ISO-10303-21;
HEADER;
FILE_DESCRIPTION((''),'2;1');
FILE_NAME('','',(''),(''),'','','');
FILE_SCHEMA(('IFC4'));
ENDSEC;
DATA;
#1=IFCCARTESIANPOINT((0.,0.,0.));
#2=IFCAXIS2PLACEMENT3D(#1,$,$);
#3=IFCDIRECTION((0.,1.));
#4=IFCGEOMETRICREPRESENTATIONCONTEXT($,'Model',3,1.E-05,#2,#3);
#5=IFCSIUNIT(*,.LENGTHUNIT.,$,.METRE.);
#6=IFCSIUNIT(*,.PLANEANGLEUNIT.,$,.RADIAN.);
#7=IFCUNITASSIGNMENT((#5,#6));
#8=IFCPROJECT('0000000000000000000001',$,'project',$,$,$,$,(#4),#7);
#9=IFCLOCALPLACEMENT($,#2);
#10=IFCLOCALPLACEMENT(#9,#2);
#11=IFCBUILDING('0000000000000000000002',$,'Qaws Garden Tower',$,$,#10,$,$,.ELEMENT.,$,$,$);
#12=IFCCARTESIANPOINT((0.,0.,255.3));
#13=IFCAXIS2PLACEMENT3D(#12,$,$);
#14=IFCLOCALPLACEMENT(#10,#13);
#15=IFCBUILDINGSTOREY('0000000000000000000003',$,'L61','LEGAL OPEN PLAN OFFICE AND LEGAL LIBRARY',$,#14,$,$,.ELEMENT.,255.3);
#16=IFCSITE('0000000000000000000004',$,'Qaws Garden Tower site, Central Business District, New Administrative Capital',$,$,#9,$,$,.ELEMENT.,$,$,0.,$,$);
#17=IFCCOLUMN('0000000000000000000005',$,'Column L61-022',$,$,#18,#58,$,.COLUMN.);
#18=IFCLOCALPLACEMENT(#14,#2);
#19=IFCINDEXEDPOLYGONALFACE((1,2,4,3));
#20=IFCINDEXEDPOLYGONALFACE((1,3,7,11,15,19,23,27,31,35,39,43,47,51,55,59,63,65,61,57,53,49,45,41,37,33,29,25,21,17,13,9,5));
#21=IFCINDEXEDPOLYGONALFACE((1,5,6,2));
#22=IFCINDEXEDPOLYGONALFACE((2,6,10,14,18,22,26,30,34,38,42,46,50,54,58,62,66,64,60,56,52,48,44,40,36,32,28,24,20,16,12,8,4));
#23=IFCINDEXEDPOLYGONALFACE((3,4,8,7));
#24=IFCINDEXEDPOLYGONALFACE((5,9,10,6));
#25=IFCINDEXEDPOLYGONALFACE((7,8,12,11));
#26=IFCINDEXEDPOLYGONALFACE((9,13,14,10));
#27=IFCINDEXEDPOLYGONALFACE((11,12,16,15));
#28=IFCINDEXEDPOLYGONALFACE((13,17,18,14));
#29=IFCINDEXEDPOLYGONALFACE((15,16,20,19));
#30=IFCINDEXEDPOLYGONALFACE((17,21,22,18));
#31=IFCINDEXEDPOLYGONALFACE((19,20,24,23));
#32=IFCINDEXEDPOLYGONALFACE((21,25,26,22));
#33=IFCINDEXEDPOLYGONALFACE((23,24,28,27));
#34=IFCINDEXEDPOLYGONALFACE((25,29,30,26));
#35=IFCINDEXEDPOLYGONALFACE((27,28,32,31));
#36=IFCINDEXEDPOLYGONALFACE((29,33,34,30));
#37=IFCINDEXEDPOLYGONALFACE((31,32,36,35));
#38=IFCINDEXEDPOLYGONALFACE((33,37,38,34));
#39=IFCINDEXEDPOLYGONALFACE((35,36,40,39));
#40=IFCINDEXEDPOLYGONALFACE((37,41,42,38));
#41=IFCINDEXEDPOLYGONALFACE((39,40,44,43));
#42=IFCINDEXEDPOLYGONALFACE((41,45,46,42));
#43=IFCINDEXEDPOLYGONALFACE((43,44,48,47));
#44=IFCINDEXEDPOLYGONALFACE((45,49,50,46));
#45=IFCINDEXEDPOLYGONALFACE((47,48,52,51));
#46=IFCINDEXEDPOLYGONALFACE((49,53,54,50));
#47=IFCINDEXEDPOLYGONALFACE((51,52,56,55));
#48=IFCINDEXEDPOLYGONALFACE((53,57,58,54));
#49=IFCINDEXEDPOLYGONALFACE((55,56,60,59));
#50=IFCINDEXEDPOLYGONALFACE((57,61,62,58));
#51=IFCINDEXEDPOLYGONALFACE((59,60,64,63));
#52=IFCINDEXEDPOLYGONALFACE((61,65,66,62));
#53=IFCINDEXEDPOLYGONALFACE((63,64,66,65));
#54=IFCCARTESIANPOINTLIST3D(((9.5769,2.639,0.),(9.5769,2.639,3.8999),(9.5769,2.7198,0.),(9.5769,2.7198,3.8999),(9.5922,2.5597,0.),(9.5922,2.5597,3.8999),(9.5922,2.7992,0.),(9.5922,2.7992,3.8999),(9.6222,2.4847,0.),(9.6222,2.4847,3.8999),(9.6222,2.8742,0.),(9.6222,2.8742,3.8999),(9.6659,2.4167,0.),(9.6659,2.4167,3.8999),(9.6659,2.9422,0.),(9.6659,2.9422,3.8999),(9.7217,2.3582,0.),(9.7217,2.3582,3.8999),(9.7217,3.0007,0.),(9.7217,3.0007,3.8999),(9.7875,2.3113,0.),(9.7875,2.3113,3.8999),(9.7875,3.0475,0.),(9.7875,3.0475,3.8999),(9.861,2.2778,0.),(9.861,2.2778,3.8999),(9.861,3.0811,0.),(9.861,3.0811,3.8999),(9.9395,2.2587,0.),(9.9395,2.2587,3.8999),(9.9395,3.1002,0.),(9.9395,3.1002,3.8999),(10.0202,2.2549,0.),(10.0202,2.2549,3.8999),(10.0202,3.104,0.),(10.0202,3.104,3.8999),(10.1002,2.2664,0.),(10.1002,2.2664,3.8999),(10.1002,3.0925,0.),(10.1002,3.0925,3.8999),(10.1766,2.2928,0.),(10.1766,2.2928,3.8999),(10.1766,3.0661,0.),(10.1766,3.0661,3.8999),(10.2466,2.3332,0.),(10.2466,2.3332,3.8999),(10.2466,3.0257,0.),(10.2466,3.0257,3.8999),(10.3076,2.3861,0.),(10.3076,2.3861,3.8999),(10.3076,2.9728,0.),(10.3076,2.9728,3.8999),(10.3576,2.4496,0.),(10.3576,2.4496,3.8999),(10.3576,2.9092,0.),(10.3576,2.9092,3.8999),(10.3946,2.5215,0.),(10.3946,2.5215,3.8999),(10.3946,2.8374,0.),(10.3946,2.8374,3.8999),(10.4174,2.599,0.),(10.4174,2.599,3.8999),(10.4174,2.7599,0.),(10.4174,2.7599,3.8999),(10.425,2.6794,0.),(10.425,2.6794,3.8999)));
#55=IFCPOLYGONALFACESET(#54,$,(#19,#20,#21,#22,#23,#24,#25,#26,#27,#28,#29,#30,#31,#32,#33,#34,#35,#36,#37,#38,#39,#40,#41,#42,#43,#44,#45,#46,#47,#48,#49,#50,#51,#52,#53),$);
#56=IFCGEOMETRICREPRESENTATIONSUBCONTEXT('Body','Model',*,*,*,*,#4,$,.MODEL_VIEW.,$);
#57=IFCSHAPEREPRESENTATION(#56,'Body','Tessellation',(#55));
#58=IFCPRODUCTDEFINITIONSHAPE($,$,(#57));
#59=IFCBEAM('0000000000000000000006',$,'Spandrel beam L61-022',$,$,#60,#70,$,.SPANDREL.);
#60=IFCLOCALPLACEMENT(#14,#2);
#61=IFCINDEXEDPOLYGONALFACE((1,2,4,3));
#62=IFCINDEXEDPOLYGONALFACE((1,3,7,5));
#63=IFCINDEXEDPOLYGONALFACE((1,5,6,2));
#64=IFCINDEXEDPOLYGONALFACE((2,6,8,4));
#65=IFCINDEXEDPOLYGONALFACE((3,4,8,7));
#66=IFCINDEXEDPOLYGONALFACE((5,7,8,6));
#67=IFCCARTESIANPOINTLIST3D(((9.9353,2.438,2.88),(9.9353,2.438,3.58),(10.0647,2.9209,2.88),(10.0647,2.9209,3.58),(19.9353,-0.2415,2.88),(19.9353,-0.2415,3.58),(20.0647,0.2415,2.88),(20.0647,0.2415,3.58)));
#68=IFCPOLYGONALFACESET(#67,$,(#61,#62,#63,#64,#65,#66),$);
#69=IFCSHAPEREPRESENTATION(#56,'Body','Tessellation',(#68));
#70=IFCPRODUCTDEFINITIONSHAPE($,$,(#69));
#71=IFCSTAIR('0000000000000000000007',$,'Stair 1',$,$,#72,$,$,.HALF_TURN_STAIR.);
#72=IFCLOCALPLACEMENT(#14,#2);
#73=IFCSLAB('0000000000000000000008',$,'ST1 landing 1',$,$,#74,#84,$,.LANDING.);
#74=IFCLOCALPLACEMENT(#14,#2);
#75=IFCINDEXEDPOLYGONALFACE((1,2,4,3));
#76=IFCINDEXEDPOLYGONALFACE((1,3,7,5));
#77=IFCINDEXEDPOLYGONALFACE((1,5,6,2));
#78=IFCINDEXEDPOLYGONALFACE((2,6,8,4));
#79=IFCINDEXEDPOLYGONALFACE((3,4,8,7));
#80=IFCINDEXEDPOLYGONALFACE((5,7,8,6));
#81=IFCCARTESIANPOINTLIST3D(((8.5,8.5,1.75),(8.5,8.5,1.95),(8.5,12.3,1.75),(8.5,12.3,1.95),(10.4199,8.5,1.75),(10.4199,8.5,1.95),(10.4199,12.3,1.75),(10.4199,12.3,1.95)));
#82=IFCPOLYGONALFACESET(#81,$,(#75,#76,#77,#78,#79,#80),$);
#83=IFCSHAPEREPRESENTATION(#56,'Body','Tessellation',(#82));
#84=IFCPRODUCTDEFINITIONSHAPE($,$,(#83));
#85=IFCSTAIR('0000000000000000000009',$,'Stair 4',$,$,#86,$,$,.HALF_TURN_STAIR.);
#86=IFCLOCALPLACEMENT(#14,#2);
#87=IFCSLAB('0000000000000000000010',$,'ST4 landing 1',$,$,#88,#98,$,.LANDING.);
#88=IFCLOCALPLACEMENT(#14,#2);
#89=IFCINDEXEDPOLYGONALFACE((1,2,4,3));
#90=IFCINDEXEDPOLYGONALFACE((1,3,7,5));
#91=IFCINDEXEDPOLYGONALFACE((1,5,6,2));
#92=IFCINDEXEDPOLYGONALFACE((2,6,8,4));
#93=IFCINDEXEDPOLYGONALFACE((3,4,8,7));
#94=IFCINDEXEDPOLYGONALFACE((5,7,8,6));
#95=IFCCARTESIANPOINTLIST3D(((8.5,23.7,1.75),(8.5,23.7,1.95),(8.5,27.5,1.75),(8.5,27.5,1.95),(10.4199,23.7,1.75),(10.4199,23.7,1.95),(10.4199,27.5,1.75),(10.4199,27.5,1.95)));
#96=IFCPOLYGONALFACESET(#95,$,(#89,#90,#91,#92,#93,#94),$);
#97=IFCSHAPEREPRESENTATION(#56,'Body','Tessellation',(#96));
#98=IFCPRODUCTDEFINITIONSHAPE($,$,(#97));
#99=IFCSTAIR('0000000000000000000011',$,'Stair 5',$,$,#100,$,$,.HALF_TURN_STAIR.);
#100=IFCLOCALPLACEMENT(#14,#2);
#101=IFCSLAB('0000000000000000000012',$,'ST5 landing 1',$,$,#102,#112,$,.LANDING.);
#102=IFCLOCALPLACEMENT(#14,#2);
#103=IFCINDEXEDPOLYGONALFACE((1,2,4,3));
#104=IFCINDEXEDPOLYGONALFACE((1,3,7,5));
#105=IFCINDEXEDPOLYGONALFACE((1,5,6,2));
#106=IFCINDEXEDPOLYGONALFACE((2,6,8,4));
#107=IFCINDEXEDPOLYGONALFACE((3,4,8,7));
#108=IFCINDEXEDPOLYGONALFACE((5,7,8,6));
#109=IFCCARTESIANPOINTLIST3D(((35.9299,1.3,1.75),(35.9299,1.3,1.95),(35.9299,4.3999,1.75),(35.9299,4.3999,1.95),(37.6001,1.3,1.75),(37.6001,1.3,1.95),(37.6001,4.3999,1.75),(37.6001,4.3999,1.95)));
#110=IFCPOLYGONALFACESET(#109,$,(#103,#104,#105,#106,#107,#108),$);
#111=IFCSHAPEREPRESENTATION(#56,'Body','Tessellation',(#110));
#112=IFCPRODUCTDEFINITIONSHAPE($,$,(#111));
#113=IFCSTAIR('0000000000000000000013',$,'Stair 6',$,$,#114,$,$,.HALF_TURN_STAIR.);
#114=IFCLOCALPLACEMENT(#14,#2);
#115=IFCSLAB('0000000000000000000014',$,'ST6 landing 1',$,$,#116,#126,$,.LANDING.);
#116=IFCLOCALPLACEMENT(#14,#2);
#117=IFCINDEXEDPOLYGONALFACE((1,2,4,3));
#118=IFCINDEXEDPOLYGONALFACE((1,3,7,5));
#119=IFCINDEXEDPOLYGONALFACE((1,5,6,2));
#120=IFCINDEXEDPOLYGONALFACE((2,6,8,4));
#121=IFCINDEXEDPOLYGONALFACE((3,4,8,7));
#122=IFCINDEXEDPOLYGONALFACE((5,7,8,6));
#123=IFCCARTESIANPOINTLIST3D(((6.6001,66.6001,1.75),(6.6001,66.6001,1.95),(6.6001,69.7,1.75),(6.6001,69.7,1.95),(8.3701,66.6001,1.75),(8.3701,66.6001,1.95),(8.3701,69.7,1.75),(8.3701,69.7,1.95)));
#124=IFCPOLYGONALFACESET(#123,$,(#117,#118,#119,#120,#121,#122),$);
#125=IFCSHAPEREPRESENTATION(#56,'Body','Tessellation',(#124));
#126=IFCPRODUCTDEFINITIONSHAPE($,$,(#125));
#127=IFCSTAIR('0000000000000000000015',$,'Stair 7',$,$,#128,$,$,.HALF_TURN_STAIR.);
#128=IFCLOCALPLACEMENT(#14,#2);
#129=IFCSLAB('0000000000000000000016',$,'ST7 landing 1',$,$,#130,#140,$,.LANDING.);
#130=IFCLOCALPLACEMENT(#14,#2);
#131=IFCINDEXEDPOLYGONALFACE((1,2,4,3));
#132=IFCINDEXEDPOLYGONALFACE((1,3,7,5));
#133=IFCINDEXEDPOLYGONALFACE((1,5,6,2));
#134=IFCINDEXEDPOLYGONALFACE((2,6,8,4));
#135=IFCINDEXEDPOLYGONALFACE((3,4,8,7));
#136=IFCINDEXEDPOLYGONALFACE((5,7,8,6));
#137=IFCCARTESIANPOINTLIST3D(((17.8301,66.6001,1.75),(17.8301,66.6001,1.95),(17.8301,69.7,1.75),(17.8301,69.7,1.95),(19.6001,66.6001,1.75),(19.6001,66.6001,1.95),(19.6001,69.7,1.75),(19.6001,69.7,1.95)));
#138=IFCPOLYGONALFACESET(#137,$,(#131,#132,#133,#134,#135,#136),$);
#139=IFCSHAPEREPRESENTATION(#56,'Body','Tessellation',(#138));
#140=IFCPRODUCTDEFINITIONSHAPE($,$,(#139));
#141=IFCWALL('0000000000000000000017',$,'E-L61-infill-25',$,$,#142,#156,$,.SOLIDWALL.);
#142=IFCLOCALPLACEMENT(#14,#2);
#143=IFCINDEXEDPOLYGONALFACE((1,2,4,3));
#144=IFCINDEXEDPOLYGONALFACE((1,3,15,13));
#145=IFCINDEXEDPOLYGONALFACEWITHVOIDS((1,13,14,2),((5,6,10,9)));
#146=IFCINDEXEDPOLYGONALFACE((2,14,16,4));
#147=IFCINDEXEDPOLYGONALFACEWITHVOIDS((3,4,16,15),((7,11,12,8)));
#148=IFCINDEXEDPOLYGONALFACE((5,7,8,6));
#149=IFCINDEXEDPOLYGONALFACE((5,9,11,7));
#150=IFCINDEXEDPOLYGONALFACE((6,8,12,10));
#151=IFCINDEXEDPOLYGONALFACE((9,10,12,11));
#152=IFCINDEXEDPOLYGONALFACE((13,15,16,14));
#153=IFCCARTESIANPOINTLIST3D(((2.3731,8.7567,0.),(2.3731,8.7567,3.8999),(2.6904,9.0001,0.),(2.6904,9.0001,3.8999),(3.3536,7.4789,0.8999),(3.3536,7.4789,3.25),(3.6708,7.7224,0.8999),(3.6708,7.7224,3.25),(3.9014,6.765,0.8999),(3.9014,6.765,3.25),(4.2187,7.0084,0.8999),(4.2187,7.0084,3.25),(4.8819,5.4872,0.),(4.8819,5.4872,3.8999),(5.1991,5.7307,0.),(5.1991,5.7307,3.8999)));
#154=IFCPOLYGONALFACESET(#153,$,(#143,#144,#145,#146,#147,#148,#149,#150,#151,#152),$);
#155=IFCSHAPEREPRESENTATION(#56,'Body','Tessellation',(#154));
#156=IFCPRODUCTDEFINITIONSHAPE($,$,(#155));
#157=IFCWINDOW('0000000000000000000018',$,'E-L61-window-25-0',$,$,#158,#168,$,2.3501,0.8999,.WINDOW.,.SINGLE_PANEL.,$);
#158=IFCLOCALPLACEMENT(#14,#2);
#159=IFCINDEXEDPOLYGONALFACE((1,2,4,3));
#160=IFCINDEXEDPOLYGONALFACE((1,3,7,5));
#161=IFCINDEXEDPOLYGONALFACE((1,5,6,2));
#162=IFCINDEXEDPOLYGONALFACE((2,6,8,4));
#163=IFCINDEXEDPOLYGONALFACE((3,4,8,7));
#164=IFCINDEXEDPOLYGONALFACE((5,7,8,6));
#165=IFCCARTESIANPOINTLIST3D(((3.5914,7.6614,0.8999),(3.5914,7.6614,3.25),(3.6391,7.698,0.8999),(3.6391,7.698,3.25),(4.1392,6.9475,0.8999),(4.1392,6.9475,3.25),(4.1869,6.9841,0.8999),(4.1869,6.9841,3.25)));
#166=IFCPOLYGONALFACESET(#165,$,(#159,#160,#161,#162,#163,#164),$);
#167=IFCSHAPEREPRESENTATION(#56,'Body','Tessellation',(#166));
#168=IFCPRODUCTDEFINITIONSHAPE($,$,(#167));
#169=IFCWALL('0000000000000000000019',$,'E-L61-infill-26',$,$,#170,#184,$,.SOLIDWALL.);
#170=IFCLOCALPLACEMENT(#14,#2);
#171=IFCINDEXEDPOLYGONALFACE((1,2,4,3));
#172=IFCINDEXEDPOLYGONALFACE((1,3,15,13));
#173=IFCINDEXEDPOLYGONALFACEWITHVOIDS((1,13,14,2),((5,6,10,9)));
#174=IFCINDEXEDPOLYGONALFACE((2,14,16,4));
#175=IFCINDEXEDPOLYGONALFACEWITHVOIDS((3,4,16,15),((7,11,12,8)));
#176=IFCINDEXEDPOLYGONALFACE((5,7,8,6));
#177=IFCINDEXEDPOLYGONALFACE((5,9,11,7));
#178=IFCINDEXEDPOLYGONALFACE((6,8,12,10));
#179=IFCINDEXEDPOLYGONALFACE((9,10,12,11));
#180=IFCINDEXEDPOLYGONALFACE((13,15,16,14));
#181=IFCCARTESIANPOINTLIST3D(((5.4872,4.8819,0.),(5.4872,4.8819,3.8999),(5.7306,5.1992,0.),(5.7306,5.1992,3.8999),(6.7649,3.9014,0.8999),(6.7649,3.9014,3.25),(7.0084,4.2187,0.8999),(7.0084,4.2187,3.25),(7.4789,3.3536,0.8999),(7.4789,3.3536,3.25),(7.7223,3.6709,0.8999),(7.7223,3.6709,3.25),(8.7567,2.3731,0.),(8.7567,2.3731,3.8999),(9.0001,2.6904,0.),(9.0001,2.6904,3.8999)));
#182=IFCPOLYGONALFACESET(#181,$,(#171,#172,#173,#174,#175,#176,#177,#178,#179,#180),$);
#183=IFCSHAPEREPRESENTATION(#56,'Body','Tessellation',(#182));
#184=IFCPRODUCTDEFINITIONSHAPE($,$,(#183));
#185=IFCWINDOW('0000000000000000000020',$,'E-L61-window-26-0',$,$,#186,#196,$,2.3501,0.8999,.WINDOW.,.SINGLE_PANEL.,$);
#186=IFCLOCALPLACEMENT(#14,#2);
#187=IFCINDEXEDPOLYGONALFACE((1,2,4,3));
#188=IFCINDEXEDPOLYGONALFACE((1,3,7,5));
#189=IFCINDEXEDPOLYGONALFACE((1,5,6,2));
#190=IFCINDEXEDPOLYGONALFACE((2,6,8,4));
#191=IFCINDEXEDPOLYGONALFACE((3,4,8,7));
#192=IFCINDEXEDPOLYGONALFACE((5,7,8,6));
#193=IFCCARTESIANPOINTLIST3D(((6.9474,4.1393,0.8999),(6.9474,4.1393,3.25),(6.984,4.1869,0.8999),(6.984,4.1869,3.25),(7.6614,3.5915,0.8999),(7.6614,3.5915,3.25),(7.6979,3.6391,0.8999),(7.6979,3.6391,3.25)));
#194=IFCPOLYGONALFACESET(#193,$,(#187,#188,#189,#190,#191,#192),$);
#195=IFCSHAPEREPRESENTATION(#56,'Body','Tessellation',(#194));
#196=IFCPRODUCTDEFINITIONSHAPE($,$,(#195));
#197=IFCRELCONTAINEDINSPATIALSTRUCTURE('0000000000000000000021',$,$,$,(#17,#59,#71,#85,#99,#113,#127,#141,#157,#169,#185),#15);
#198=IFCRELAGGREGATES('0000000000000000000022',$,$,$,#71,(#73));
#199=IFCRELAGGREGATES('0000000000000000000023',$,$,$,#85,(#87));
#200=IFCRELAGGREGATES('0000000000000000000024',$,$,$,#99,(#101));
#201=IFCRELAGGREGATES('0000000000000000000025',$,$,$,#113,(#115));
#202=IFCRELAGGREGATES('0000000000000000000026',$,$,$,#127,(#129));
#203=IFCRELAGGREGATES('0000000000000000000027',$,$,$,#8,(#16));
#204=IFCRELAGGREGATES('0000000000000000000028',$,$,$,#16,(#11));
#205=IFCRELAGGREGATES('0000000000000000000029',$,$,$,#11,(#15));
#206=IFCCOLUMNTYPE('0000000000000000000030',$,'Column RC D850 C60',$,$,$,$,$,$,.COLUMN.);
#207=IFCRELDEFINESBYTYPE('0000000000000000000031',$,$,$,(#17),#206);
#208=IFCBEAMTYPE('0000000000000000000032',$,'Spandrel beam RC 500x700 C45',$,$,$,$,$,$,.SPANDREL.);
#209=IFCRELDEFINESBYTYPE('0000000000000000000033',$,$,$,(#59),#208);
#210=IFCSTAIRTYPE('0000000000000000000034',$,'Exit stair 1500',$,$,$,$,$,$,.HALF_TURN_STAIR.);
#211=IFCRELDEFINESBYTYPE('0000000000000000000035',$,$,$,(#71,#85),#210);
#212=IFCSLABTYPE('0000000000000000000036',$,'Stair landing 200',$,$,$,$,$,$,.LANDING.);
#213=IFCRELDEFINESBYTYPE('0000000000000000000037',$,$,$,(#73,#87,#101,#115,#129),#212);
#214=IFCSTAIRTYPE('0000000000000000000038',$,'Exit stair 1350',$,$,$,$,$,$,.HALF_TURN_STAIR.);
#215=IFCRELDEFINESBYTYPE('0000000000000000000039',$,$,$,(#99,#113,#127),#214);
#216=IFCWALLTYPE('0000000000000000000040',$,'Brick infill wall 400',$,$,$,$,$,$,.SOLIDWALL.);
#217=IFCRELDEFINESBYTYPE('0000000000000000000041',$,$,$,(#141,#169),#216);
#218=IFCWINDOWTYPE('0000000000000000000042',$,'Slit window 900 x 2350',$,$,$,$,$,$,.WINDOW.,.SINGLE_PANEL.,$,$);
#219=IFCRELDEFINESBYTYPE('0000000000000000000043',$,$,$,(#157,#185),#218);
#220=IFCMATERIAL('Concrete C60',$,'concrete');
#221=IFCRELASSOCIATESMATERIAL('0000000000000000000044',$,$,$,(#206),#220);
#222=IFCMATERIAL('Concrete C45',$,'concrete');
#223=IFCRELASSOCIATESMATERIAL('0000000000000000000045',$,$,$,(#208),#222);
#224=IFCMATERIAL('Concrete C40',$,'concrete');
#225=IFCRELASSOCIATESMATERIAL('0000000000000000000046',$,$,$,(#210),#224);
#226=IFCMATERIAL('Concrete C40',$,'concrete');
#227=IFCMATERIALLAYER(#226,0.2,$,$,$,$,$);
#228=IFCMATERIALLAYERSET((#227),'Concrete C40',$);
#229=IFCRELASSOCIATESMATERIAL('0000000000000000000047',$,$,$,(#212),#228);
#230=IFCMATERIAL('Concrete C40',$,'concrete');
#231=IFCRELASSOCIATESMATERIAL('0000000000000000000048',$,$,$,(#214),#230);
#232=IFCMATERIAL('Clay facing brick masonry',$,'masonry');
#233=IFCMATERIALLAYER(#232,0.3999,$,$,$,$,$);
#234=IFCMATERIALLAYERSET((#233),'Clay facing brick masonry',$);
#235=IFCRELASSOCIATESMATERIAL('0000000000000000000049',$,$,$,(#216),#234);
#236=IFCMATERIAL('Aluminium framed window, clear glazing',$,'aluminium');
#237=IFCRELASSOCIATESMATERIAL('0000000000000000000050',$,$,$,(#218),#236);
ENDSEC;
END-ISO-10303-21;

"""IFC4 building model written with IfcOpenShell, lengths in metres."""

from ifc_helpers import new_model, si_unit, direction, frame, frame_2d, origin, origin_2d, place, context, subcontext, project, spatial, polyline, rectangle, circle, outline, extrude, material, layer, layer_set, material_profile, profile_set, type_object, element, fill, aggregate, save


model = new_model("IFC4")

# Units and contexts
model_context = context("Model", 3, precision=1e-05, world=origin(), true_north=direction((0.0, 1.0)))
body_context = subcontext(model_context, "Body", "Model", "MODEL_VIEW")
ifc_project = project(units=[si_unit("LENGTHUNIT", "METRE"), si_unit("PLANEANGLEUNIT", "RADIAN")], contexts=[model_context])

# Site, building, storey
site_placement = place(None, origin())
site = spatial("IfcSite", under=ifc_project, at=site_placement, Name="Qaws Garden Tower site, Central Business District, New Administrative Capital", CompositionType="ELEMENT", RefElevation=0.0)
building_placement = place(site_placement, origin())
building = spatial("IfcBuilding", under=site, at=building_placement, Name="Qaws Garden Tower", CompositionType="ELEMENT")
storey_placement = place(building_placement, frame((0.0, 0.0, 255.3)))
storey = spatial("IfcBuildingStorey", under=building, at=storey_placement, Name="L61", Description="LEGAL OPEN PLAN OFFICE AND LEGAL LIBRARY", CompositionType="ELEMENT", Elevation=255.3)

# Column
ifc_material_1 = material(Name="Concrete C60", Category="concrete")
ifc_material_profile_1 = material_profile(ifc_material_1, circle(Radius=0.425, at=origin_2d()), Name="RC D850")
ifc_profile_set_1 = profile_set([ifc_material_profile_1], Name="Concrete C60")
column_type = type_object("IfcColumnType", Name="Column RC D850 C60", PredefinedType="COLUMN", material=ifc_profile_set_1)
column_placement = place(storey_placement, frame((10.0, 2.6794, 0.0), z_axis=(0.0, 0.0, 1.0), x_axis=(1.0, 0.0, 0.0)))
element("IfcColumn", 1, at=column_placement, inside=storey, type_object=column_type, Name="Column L61-022", PredefinedType="COLUMN", context=body_context, shape_type="SweptSolid", body=[
    extrude(circle(Radius=0.425, at=origin_2d()), origin(), (0.0, 0.0, 1.0), 3.8999),
])

# Beam
ifc_material_2 = material(Name="Concrete C45", Category="concrete")
ifc_material_profile_2 = material_profile(ifc_material_2, rectangle(XDim=0.5, YDim=0.7, at=origin_2d()), Name="RC 500x700")
ifc_profile_set_2 = profile_set([ifc_material_profile_2], Name="Concrete C45")
beam_type = type_object("IfcBeamType", Name="Spandrel beam RC 500x700 C45", PredefinedType="SPANDREL", material=ifc_profile_set_2)
beam_placement = place(storey_placement, frame((10.0, 2.6794, 3.23), z_axis=(0.965927, -0.258815, 0.0), x_axis=(0.258815, 0.965927, 0.0)))
element("IfcBeam", 2, at=beam_placement, inside=storey, type_object=beam_type, Name="Spandrel beam L61-022", PredefinedType="SPANDREL", context=body_context, shape_type="SweptSolid", body=[
    extrude(rectangle(XDim=0.5, YDim=0.7, at=origin_2d()), origin(), (0.0, 0.0, 1.0), 10.3528),
])

# Stairs, slabs
ifc_material_3 = material(Name="Concrete C40", Category="concrete")
stair_type_1 = type_object("IfcStairType", Name="Exit stair 1500", PredefinedType="HALF_TURN_STAIR", material=ifc_material_3)
placement_1 = place(storey_placement, origin())
stair_1 = element("IfcStair", 3, at=placement_1, inside=storey, type_object=stair_type_1, Name="Stair 1", PredefinedType="HALF_TURN_STAIR")
ifc_material_4 = material(Name="Concrete C40", Category="concrete")
ifc_layer_1 = layer(ifc_material_4, 0.2)
ifc_layer_set_1 = layer_set([ifc_layer_1], Name="Concrete C40")
slab_type = type_object("IfcSlabType", Name="Stair landing 200", PredefinedType="LANDING", material=ifc_layer_set_1)
placement_2 = place(storey_placement, frame((0.0, 0.0, 1.75)))
slab_1 = element("IfcSlab", 4, at=placement_2, type_object=slab_type, Name="ST1 landing 1", PredefinedType="LANDING", context=body_context, shape_type="SweptSolid", body=[
    extrude(outline(polyline([(8.5, 8.5), (10.4199, 8.5), (10.4199, 12.3), (8.5, 12.3), (8.5, 8.5)])), origin(), (0.0, 0.0, 1.0), 0.2),
])
aggregate(stair_1, [slab_1])
stair_2 = element("IfcStair", 5, at=placement_1, inside=storey, type_object=stair_type_1, Name="Stair 4", PredefinedType="HALF_TURN_STAIR")
slab_2 = element("IfcSlab", 6, at=placement_2, type_object=slab_type, Name="ST4 landing 1", PredefinedType="LANDING", context=body_context, shape_type="SweptSolid", body=[
    extrude(outline(polyline([(8.5, 23.7), (10.4199, 23.7), (10.4199, 27.5), (8.5, 27.5), (8.5, 23.7)])), origin(), (0.0, 0.0, 1.0), 0.2),
])
aggregate(stair_2, [slab_2])
ifc_material_5 = material(Name="Concrete C40", Category="concrete")
stair_type_2 = type_object("IfcStairType", Name="Exit stair 1350", PredefinedType="HALF_TURN_STAIR", material=ifc_material_5)
stair_3 = element("IfcStair", 7, at=placement_1, inside=storey, type_object=stair_type_2, Name="Stair 5", PredefinedType="HALF_TURN_STAIR")
slab_3 = element("IfcSlab", 8, at=placement_2, type_object=slab_type, Name="ST5 landing 1", PredefinedType="LANDING", context=body_context, shape_type="SweptSolid", body=[
    extrude(outline(polyline([(35.9299, 1.3), (37.6001, 1.3), (37.6001, 4.3999), (35.9299, 4.3999), (35.9299, 1.3)])), origin(), (0.0, 0.0, 1.0), 0.2),
])
aggregate(stair_3, [slab_3])
stair_4 = element("IfcStair", 9, at=placement_1, inside=storey, type_object=stair_type_2, Name="Stair 6", PredefinedType="HALF_TURN_STAIR")
slab_4 = element("IfcSlab", 10, at=placement_2, type_object=slab_type, Name="ST6 landing 1", PredefinedType="LANDING", context=body_context, shape_type="SweptSolid", body=[
    extrude(outline(polyline([(6.6001, 66.6001), (8.3701, 66.6001), (8.3701, 69.7), (6.6001, 69.7), (6.6001, 66.6001)])), origin(), (0.0, 0.0, 1.0), 0.2),
])
aggregate(stair_4, [slab_4])
stair_5 = element("IfcStair", 11, at=placement_1, inside=storey, type_object=stair_type_2, Name="Stair 7", PredefinedType="HALF_TURN_STAIR")
slab_5 = element("IfcSlab", 12, at=placement_2, type_object=slab_type, Name="ST7 landing 1", PredefinedType="LANDING", context=body_context, shape_type="SweptSolid", body=[
    extrude(outline(polyline([(17.8301, 66.6001), (19.6001, 66.6001), (19.6001, 69.7), (17.8301, 69.7), (17.8301, 66.6001)])), origin(), (0.0, 0.0, 1.0), 0.2),
])
aggregate(stair_5, [slab_5])

# Walls, openings, windows
ifc_material_6 = material(Name="Clay facing brick masonry", Category="masonry")
ifc_layer_2 = layer(ifc_material_6, 0.3999)
ifc_layer_set_2 = layer_set([ifc_layer_2], Name="Clay facing brick masonry")
wall_type_1 = type_object("IfcWallType", Name="Brick infill wall 400", PredefinedType="SOLIDWALL", material=ifc_layer_set_2)
wall_1_placement = place(storey_placement, frame((2.5317, 8.8784, 0.0), z_axis=(0.0, 0.0, 1.0), x_axis=(0.60876, -0.793355, 0.0)))
wall_1 = element("IfcWall", 13, at=wall_1_placement, inside=storey, type_object=wall_type_1, Name="E-L61-infill-25", PredefinedType="SOLIDWALL", context=body_context, shape_type="SweptSolid", body=[
    extrude(rectangle(XDim=4.1211, YDim=0.3999, at=frame_2d((2.0605, 0.0))), origin(), (0.0, 0.0, 1.0), 3.8999),
])
opening_1_placement = place(wall_1_placement, frame((1.6106, 0.0, 0.8999)))
opening_1 = element("IfcOpeningElement", 14, at=opening_1_placement, cuts=wall_1, PredefinedType="OPENING", context=body_context, shape_type="SweptSolid", body=[
    extrude(rectangle(XDim=0.8999, YDim=2.3501, at=frame_2d((0.45, 1.175))), frame((0.0, 0.21, 0.0), z_axis=(0.0, -1.0, 0.0), x_axis=(1.0, 0.0, 0.0)), (0.0, 0.0, 1.0), 0.4199),
])
ifc_material_7 = material(Name="Aluminium framed window, clear glazing", Category="aluminium")
window_type = type_object("IfcWindowType", Name="Slit window 900 x 2350", PartitioningType="SINGLE_PANEL", PredefinedType="WINDOW", material=ifc_material_7)
window_1_placement = place(opening_1_placement, origin())
window_1 = element("IfcWindow", 15, at=window_1_placement, inside=storey, type_object=window_type, Name="E-L61-window-25-0", OverallHeight=2.3501, OverallWidth=0.8999, PartitioningType="SINGLE_PANEL", PredefinedType="WINDOW", context=body_context, shape_type="SweptSolid", body=[
    extrude(rectangle(XDim=0.8999, YDim=2.3501, at=frame_2d((0.45, 1.175))), frame((0.0, 0.1599, 0.0), z_axis=(0.0, -1.0, 0.0), x_axis=(1.0, 0.0, 0.0)), (0.0, 0.0, 1.0), 0.0601),
])
fill(opening_1, window_1)
wall_2_placement = place(storey_placement, frame((5.6089, 5.0405, 0.0), z_axis=(0.0, 0.0, 1.0), x_axis=(0.793355, -0.60876, 0.0)))
wall_2 = element("IfcWall", 16, at=wall_2_placement, inside=storey, type_object=wall_type_1, Name="E-L61-infill-26", PredefinedType="SOLIDWALL", context=body_context, shape_type="SweptSolid", body=[
    extrude(rectangle(XDim=4.1211, YDim=0.3999, at=frame_2d((2.0605, 0.0))), origin(), (0.0, 0.0, 1.0), 3.8999),
])
opening_2_placement = place(wall_2_placement, frame((1.6106, 0.0, 0.8999)))
opening_2 = element("IfcOpeningElement", 17, at=opening_2_placement, cuts=wall_2, PredefinedType="OPENING", context=body_context, shape_type="SweptSolid", body=[
    extrude(rectangle(XDim=0.8999, YDim=2.3501, at=frame_2d((0.45, 1.175))), frame((0.0, 0.21, 0.0), z_axis=(0.0, -1.0, 0.0), x_axis=(1.0, 0.0, 0.0)), (0.0, 0.0, 1.0), 0.4199),
])
window_2_placement = place(opening_2_placement, origin())
window_2 = element("IfcWindow", 18, at=window_2_placement, inside=storey, type_object=window_type, Name="E-L61-window-26-0", OverallHeight=2.3501, OverallWidth=0.8999, PartitioningType="SINGLE_PANEL", PredefinedType="WINDOW", context=body_context, shape_type="SweptSolid", body=[
    extrude(rectangle(XDim=0.8999, YDim=2.3501, at=frame_2d((0.45, 1.175))), frame((0.0, 0.1599, 0.0), z_axis=(0.0, -1.0, 0.0), x_axis=(1.0, 0.0, 0.0)), (0.0, 0.0, 1.0), 0.0601),
])
fill(opening_2, window_2)

save(model, "model.ifc")
